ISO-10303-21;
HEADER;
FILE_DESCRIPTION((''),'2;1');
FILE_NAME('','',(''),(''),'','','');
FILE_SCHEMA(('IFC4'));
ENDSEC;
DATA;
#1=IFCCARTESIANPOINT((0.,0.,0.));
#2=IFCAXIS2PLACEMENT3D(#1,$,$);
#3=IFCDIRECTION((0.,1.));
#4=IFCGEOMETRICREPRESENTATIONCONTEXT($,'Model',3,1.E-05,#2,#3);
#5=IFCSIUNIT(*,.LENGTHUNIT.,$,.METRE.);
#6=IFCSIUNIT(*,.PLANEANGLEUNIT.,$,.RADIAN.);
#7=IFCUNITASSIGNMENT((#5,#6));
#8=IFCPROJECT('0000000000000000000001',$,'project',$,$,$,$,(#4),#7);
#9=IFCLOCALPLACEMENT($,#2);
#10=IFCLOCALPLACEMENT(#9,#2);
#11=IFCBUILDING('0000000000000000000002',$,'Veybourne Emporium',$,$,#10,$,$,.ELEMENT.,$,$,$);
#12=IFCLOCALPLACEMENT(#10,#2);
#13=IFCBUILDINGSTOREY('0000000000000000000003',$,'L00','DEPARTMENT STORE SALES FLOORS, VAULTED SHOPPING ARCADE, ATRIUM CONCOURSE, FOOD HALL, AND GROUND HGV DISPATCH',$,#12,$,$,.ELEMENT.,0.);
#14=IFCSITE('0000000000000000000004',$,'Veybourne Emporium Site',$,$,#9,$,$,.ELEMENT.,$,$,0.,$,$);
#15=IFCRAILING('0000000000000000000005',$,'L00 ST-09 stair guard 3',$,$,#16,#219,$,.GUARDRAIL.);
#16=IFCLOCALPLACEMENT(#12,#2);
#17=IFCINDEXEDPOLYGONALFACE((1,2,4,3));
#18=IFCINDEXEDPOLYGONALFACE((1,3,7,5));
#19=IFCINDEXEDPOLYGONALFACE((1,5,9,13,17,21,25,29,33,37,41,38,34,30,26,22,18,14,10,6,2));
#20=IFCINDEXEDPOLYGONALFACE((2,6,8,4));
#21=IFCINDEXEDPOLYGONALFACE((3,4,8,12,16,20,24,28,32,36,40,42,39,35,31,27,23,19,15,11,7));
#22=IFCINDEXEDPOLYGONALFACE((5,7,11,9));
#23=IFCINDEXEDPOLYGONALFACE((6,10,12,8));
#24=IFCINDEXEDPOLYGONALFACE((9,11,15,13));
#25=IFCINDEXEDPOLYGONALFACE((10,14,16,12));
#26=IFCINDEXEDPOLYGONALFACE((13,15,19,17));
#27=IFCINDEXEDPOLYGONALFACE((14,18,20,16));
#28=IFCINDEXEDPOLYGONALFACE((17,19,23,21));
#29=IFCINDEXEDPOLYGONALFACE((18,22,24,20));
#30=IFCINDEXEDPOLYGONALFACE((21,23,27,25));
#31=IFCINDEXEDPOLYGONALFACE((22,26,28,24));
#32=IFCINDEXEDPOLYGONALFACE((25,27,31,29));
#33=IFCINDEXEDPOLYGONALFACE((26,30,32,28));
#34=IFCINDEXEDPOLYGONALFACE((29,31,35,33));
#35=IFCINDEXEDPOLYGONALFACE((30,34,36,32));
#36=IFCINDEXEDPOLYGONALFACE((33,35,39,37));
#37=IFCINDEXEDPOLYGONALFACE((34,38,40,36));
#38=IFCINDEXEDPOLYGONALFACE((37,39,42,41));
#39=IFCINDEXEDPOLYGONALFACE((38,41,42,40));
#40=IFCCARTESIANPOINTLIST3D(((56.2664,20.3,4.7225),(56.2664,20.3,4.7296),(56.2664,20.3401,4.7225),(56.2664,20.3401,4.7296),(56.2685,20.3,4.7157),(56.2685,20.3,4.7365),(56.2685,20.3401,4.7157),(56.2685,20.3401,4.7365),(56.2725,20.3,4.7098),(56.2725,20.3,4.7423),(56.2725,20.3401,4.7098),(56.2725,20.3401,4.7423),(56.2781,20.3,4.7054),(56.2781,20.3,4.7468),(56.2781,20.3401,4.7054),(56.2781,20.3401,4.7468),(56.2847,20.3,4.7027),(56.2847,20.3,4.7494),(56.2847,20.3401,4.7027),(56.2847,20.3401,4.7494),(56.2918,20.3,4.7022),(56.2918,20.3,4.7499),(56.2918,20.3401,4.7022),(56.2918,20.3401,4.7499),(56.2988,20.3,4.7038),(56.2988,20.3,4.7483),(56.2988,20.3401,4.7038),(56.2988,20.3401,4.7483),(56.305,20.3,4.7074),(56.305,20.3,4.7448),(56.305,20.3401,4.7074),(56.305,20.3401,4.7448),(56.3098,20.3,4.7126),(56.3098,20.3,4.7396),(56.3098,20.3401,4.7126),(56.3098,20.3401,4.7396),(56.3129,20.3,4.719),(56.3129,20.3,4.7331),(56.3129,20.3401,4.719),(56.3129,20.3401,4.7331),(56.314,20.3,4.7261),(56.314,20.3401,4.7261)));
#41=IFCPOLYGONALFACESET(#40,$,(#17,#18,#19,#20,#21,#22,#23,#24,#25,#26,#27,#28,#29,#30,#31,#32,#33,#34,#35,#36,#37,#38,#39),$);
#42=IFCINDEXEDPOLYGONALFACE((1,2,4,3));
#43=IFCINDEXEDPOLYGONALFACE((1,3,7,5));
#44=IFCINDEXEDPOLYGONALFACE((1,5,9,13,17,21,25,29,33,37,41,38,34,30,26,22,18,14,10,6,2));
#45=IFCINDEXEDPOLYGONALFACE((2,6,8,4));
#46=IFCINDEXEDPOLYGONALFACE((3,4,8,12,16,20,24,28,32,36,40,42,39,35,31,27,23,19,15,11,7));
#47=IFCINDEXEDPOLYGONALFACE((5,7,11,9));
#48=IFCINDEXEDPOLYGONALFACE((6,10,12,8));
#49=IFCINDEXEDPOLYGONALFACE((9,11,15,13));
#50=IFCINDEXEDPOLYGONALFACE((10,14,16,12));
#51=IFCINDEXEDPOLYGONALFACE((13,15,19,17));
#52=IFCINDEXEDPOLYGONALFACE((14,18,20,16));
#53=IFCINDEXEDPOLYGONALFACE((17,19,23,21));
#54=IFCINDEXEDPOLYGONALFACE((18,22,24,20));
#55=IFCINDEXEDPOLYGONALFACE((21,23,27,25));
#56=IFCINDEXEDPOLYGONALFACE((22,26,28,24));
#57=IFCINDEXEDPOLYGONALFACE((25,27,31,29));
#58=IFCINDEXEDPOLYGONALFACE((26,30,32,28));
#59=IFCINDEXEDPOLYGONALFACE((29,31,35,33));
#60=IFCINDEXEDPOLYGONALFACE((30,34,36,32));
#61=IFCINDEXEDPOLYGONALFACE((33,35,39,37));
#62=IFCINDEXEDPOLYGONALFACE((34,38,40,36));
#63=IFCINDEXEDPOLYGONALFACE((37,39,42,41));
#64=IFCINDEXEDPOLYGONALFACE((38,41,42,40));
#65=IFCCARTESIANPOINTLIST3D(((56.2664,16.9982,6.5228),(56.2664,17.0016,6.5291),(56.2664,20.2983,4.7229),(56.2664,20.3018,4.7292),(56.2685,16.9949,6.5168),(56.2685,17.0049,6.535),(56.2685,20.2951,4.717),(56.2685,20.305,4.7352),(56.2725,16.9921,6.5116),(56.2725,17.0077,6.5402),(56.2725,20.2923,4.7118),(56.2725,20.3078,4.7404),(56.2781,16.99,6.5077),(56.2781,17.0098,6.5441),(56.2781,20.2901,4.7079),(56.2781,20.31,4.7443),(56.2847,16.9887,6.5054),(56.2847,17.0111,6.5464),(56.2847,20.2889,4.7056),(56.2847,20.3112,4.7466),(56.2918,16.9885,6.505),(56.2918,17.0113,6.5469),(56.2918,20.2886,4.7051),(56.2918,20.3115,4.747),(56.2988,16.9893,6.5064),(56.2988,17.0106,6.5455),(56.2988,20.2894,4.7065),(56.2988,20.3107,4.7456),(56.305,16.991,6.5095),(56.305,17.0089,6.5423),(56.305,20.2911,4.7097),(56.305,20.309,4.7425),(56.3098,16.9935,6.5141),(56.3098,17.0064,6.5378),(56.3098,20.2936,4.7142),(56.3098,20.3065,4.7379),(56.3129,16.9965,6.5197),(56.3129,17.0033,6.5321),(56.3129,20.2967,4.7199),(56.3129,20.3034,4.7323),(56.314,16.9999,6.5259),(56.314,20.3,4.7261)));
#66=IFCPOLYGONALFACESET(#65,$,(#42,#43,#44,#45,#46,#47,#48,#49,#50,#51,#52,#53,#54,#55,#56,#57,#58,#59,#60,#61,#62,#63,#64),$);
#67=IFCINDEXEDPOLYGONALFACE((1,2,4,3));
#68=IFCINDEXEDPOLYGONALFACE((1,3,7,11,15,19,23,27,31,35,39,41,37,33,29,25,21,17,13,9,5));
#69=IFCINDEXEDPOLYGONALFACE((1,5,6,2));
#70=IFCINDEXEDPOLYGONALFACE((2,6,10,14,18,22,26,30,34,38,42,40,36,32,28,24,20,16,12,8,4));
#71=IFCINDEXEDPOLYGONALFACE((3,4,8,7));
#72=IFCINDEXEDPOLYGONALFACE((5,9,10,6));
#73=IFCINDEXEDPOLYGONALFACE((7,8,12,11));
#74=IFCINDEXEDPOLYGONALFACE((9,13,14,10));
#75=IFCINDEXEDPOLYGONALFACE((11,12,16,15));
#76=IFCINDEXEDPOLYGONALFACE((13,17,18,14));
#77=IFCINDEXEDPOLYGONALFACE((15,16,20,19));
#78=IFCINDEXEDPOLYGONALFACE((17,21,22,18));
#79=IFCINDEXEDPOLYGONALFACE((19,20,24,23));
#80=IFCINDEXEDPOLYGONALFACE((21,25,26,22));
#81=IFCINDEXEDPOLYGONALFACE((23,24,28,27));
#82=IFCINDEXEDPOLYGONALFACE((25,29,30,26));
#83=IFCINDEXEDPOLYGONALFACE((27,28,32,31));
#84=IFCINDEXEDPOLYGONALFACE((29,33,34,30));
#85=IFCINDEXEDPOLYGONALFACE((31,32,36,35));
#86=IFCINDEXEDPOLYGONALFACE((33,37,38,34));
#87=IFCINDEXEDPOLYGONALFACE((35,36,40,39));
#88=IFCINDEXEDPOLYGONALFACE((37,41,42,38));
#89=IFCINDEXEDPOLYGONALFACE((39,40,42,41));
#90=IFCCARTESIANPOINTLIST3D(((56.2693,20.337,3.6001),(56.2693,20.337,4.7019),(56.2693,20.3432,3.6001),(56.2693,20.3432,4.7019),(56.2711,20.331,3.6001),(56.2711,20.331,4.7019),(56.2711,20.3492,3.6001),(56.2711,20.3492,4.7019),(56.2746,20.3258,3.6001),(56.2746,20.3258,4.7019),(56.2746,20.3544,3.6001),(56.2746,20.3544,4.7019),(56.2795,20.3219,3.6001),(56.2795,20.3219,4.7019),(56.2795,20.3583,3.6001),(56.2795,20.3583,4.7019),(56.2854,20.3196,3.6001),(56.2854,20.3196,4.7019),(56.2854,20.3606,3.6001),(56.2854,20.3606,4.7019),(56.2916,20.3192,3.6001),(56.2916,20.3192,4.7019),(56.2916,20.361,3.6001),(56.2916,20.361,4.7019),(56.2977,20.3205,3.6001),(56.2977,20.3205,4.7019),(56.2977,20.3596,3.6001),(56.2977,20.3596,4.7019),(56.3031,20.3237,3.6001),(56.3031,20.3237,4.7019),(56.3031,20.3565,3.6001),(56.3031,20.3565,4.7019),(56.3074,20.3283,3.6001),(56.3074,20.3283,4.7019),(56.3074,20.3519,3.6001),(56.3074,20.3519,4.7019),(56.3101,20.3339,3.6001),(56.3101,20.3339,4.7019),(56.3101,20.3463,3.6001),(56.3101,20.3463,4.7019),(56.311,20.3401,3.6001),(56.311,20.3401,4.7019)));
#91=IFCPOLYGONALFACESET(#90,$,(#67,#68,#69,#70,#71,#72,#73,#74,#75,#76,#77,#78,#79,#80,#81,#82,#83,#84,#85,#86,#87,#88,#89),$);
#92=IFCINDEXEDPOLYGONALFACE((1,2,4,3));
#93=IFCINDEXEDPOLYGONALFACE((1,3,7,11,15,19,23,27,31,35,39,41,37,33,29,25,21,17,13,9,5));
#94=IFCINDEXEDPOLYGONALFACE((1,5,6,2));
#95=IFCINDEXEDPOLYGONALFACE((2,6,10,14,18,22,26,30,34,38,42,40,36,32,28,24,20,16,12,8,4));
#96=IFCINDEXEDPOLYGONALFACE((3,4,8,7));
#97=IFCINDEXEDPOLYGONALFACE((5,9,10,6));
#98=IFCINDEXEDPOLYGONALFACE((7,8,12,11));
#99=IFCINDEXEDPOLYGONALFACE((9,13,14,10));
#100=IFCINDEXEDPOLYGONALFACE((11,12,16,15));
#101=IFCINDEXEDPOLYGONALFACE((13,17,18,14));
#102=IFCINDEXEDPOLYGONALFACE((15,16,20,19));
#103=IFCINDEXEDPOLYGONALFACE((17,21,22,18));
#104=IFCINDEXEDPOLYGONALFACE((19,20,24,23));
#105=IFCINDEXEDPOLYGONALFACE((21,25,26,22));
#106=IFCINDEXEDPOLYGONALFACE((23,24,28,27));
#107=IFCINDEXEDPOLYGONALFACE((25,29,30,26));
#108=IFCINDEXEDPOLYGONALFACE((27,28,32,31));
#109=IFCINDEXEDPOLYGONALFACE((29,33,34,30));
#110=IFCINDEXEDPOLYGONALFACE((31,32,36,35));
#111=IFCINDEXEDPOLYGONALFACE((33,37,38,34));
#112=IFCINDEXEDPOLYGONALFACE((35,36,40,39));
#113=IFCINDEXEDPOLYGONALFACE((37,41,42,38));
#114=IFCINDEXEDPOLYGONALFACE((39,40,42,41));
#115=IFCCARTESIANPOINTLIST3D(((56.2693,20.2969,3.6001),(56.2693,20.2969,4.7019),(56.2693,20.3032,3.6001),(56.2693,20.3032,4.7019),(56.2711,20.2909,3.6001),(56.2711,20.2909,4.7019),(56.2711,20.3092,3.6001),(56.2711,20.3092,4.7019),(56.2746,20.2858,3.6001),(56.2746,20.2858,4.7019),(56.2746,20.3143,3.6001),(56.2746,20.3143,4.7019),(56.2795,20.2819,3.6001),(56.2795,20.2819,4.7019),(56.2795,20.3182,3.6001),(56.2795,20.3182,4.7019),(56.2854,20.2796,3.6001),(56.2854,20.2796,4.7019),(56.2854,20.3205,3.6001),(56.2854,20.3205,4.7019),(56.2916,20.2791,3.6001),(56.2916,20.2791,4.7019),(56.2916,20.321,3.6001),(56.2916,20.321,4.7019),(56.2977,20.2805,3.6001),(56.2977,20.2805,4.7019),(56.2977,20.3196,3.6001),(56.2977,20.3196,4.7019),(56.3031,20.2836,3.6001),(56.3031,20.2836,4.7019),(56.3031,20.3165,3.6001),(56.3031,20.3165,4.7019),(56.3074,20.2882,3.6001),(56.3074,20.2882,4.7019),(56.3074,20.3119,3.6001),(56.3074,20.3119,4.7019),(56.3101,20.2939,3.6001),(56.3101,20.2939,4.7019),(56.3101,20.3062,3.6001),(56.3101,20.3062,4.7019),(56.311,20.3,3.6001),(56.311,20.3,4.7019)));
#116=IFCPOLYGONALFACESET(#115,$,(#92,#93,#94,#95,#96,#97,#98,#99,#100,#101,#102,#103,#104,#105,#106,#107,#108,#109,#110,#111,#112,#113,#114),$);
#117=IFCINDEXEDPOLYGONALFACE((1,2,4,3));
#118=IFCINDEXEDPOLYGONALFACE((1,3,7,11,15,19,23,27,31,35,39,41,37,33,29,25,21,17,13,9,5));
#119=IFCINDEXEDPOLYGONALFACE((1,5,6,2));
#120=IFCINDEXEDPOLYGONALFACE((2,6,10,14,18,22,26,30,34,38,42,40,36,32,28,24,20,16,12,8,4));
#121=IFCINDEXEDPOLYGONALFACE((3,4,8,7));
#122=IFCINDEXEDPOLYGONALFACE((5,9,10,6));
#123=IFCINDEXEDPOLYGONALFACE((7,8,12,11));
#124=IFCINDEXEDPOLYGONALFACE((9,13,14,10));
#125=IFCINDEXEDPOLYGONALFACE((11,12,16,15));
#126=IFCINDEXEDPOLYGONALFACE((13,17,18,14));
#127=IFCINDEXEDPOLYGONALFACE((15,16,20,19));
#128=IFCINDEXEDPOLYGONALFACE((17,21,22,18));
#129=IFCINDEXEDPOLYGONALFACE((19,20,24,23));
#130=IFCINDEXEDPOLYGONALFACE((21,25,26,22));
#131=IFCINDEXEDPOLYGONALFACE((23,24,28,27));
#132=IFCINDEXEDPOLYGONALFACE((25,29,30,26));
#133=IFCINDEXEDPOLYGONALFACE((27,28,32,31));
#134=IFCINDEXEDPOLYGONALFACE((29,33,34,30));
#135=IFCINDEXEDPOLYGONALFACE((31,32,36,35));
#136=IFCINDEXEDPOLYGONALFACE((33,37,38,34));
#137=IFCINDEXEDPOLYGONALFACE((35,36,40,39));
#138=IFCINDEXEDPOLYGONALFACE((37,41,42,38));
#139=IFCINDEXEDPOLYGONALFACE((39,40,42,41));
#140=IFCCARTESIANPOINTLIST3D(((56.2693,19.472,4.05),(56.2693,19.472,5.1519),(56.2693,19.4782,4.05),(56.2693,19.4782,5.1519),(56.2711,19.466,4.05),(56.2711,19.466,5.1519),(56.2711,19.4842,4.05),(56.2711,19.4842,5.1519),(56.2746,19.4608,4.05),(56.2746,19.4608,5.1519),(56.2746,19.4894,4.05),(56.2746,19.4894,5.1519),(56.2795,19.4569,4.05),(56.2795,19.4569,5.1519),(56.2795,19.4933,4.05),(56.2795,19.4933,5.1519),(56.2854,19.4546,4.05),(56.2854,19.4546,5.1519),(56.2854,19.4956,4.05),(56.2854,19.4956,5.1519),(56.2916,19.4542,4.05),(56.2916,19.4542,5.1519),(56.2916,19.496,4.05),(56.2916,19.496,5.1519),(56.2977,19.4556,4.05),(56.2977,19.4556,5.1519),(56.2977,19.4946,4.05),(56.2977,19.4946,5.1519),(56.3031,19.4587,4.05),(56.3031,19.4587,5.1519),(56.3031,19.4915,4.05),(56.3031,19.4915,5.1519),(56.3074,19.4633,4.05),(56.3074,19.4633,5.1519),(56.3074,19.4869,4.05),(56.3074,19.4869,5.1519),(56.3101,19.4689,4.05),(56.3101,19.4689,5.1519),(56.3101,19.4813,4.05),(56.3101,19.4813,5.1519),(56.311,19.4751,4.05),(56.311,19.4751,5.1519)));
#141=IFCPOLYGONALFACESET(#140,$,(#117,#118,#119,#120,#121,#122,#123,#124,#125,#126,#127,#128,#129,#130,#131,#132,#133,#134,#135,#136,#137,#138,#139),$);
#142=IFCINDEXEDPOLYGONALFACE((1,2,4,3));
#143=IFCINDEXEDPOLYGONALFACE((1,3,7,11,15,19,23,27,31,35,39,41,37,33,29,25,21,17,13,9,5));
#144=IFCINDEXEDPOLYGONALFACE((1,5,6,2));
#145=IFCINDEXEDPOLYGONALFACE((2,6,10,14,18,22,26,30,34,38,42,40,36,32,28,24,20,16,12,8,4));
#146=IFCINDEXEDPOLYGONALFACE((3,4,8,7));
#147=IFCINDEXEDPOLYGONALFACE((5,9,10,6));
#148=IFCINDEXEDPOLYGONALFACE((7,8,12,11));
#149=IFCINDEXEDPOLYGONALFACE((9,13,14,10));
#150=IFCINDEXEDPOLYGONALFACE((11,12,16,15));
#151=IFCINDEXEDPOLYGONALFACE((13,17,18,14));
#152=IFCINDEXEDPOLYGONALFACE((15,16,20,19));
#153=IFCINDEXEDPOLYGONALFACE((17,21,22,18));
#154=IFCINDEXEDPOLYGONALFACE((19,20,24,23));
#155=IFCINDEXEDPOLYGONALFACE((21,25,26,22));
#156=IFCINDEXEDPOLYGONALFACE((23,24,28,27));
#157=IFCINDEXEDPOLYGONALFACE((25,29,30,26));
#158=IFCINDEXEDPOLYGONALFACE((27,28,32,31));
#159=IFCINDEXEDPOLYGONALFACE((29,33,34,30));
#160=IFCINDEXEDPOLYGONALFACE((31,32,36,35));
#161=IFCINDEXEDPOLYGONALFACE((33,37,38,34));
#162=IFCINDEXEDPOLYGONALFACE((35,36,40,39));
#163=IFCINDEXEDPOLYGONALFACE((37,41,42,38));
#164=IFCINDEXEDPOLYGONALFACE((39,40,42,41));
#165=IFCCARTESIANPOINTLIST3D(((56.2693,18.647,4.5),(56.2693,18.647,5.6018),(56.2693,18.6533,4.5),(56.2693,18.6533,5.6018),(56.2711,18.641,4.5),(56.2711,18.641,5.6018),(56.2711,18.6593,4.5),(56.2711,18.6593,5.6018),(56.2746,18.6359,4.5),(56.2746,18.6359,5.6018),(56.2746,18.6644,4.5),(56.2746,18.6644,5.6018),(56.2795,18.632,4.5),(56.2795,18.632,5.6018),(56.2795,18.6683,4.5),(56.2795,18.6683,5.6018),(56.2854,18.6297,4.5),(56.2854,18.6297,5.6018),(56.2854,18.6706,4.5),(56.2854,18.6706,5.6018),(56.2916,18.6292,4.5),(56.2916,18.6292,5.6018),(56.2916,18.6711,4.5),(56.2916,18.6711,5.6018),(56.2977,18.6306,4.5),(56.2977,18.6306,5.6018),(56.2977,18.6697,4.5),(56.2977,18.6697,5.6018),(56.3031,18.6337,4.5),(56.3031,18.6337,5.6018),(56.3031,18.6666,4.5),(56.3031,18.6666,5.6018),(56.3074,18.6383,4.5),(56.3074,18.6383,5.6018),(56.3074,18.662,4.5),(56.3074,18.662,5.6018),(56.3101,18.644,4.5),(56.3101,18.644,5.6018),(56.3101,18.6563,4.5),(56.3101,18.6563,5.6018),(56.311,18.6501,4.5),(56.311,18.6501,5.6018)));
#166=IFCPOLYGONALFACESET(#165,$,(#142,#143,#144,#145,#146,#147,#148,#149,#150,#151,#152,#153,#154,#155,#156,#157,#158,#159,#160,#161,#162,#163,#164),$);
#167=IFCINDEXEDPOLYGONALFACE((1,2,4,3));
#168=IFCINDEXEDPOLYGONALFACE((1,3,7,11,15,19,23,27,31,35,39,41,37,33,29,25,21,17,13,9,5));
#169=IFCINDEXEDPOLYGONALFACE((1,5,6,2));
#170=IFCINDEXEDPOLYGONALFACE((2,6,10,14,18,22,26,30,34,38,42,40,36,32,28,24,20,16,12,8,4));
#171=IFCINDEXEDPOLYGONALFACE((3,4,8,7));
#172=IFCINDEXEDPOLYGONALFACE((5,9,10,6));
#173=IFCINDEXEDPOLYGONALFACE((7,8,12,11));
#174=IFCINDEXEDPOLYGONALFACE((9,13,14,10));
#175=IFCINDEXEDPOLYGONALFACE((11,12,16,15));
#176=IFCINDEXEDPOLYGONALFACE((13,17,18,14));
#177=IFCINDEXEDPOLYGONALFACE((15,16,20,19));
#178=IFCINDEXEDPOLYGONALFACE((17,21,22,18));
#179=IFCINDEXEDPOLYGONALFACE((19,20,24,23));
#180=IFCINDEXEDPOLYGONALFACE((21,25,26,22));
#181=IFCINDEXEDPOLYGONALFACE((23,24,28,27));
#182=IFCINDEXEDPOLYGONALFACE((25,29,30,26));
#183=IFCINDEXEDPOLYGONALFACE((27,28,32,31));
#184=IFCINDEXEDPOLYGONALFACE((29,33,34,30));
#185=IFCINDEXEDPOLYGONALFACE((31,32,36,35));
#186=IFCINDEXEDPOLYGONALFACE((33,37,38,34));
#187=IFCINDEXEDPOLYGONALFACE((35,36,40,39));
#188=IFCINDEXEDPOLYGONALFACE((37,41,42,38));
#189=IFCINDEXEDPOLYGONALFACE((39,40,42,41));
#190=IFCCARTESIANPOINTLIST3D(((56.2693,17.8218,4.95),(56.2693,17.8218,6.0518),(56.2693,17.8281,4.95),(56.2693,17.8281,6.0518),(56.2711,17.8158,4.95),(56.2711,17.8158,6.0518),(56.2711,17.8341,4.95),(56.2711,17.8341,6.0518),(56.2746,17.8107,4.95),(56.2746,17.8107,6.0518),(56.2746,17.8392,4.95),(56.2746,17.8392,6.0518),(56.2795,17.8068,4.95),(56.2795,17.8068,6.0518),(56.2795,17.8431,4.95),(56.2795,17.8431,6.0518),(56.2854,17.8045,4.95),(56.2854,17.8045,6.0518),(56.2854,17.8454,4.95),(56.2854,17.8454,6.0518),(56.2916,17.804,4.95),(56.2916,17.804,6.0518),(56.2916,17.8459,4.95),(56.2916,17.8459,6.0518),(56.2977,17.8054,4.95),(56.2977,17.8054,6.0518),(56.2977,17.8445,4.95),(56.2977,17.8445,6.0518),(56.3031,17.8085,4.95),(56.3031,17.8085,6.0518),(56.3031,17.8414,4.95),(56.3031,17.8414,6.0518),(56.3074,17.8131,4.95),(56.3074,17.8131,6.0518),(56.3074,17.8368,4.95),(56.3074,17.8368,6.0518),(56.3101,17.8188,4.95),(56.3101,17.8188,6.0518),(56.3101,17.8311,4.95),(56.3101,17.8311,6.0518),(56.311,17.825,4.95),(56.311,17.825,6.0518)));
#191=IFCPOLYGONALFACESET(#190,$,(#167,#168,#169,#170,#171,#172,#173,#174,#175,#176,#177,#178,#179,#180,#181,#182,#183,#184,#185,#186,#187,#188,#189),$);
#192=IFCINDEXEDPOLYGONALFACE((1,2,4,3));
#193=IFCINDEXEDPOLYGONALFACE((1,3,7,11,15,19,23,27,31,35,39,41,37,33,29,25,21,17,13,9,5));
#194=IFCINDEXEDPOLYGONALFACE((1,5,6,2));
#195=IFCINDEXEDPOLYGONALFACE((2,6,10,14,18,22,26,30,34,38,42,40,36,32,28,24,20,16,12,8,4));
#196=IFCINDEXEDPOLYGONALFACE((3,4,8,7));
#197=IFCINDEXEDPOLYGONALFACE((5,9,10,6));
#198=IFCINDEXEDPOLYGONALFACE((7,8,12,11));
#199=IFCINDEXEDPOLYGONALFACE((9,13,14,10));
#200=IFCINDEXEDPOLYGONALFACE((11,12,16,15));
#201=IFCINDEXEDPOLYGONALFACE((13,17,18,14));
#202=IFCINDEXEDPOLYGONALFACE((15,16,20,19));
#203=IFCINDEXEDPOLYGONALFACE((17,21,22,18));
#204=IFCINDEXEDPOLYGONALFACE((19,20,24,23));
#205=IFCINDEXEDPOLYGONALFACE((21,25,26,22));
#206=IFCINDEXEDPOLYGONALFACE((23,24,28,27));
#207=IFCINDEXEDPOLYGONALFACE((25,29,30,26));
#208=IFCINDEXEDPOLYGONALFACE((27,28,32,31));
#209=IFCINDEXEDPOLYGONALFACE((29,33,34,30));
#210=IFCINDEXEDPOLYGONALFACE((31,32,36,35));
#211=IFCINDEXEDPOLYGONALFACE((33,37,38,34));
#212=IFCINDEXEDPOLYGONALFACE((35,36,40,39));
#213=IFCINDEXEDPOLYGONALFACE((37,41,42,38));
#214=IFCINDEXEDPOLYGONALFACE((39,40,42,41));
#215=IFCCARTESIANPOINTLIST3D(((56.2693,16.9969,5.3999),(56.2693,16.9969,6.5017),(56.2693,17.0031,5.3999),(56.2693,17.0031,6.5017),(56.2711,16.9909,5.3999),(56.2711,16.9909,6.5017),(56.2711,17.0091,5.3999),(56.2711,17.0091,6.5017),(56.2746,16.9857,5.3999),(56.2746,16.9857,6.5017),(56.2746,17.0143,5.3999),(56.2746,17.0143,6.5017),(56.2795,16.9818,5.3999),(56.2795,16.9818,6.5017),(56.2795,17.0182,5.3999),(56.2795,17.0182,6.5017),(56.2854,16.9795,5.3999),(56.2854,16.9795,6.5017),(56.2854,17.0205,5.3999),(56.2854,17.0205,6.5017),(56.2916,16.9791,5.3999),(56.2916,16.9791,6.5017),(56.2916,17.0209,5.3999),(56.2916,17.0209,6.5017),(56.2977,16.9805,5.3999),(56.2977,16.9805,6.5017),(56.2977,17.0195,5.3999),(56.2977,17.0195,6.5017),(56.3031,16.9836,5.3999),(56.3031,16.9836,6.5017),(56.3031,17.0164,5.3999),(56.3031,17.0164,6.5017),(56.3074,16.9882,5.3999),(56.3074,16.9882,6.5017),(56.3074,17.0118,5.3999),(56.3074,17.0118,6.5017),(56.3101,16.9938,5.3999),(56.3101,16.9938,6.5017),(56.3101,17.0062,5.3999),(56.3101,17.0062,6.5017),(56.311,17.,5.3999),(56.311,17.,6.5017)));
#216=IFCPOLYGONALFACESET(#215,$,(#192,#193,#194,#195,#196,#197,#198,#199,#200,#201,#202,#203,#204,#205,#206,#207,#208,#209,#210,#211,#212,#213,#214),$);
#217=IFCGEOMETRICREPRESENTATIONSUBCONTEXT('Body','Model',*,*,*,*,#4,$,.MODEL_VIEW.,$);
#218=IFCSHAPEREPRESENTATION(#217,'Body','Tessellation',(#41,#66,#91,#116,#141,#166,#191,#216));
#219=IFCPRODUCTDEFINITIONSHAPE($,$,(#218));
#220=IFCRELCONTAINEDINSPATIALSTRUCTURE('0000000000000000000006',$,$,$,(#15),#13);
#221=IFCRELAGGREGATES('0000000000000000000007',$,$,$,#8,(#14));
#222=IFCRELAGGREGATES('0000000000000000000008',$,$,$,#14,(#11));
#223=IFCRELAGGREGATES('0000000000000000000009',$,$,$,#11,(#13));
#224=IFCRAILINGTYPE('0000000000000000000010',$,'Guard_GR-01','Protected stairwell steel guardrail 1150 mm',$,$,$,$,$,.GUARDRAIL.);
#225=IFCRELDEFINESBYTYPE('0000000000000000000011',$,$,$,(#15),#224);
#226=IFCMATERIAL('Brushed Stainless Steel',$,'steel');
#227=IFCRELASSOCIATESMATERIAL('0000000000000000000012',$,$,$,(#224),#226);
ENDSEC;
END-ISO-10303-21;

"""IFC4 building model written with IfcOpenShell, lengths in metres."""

from ifc_helpers import new_model, si_unit, direction, frame, origin, origin_2d, place, context, subcontext, project, spatial, circle, extrude, material, type_object, element, save


model = new_model("IFC4")

# Units and contexts
model_context = context("Model", 3, precision=1e-05, world=origin(), true_north=direction((0.0, 1.0)))
body_context = subcontext(model_context, "Body", "Model", "MODEL_VIEW")
ifc_project = project(units=[si_unit("LENGTHUNIT", "METRE"), si_unit("PLANEANGLEUNIT", "RADIAN")], contexts=[model_context])

# Site, building, storey
site_placement = place(None, origin())
site = spatial("IfcSite", under=ifc_project, at=site_placement, Name="Veybourne Emporium Site", CompositionType="ELEMENT", RefElevation=0.0)
building_placement = place(site_placement, origin())
building = spatial("IfcBuilding", under=site, at=building_placement, Name="Veybourne Emporium", CompositionType="ELEMENT")
storey_placement = place(building_placement, origin())
storey = spatial("IfcBuildingStorey", under=building, at=storey_placement, Name="L00", Description="DEPARTMENT STORE SALES FLOORS, VAULTED SHOPPING ARCADE, ATRIUM CONCOURSE, FOOD HALL, AND GROUND HGV DISPATCH", CompositionType="ELEMENT", Elevation=0.0)

# Railing
ifc_material_1 = material(Name="Brushed Stainless Steel", Category="steel")
railing_type_1 = type_object("IfcRailingType", Name="Guard_GR-01", Description="Protected stairwell steel guardrail 1150 mm", PredefinedType="GUARDRAIL", material=ifc_material_1)
railing_1_placement = place(storey_placement, frame((56.29, 20.3401, 3.6001)))
element("IfcRailing", 1, at=railing_1_placement, inside=storey, type_object=railing_type_1, Name="L00 ST-09 stair guard 3", PredefinedType="GUARDRAIL", context=body_context, shape_type="SweptSolid", body=[
    extrude(circle(Radius=0.0239, at=origin_2d()), frame((0.0, 0.0, 1.126), z_axis=(0.0, -1.0, 0.0), x_axis=(1.0, 0.0, 0.0)), (0.0, 0.0, 1.0), 0.04),
    extrude(circle(Radius=0.0239, at=origin_2d()), frame((0.0, -0.04, 1.126), z_axis=(0.0, -0.87792, 0.478807), x_axis=(1.0, 0.0, 0.0)), (0.0, 0.0, 1.0), 3.759),
    extrude(circle(Radius=0.021, at=origin_2d()), origin(), (0.0, 0.0, 1.0), 1.1018),
    extrude(circle(Radius=0.021, at=origin_2d()), frame((0.0, -0.04, 0.0)), (0.0, 0.0, 1.0), 1.1018),
    extrude(circle(Radius=0.021, at=origin_2d()), frame((0.0, -0.865, 0.45)), (0.0, 0.0, 1.0), 1.1018),
    extrude(circle(Radius=0.021, at=origin_2d()), frame((0.0, -1.6899, 0.8999)), (0.0, 0.0, 1.0), 1.1018),
    extrude(circle(Radius=0.021, at=origin_2d()), frame((0.0, -2.5151, 1.3499)), (0.0, 0.0, 1.0), 1.1018),
    extrude(circle(Radius=0.021, at=origin_2d()), frame((0.0, -3.3401, 1.7998)), (0.0, 0.0, 1.0), 1.1018),
])

save(model, "model.ifc")
